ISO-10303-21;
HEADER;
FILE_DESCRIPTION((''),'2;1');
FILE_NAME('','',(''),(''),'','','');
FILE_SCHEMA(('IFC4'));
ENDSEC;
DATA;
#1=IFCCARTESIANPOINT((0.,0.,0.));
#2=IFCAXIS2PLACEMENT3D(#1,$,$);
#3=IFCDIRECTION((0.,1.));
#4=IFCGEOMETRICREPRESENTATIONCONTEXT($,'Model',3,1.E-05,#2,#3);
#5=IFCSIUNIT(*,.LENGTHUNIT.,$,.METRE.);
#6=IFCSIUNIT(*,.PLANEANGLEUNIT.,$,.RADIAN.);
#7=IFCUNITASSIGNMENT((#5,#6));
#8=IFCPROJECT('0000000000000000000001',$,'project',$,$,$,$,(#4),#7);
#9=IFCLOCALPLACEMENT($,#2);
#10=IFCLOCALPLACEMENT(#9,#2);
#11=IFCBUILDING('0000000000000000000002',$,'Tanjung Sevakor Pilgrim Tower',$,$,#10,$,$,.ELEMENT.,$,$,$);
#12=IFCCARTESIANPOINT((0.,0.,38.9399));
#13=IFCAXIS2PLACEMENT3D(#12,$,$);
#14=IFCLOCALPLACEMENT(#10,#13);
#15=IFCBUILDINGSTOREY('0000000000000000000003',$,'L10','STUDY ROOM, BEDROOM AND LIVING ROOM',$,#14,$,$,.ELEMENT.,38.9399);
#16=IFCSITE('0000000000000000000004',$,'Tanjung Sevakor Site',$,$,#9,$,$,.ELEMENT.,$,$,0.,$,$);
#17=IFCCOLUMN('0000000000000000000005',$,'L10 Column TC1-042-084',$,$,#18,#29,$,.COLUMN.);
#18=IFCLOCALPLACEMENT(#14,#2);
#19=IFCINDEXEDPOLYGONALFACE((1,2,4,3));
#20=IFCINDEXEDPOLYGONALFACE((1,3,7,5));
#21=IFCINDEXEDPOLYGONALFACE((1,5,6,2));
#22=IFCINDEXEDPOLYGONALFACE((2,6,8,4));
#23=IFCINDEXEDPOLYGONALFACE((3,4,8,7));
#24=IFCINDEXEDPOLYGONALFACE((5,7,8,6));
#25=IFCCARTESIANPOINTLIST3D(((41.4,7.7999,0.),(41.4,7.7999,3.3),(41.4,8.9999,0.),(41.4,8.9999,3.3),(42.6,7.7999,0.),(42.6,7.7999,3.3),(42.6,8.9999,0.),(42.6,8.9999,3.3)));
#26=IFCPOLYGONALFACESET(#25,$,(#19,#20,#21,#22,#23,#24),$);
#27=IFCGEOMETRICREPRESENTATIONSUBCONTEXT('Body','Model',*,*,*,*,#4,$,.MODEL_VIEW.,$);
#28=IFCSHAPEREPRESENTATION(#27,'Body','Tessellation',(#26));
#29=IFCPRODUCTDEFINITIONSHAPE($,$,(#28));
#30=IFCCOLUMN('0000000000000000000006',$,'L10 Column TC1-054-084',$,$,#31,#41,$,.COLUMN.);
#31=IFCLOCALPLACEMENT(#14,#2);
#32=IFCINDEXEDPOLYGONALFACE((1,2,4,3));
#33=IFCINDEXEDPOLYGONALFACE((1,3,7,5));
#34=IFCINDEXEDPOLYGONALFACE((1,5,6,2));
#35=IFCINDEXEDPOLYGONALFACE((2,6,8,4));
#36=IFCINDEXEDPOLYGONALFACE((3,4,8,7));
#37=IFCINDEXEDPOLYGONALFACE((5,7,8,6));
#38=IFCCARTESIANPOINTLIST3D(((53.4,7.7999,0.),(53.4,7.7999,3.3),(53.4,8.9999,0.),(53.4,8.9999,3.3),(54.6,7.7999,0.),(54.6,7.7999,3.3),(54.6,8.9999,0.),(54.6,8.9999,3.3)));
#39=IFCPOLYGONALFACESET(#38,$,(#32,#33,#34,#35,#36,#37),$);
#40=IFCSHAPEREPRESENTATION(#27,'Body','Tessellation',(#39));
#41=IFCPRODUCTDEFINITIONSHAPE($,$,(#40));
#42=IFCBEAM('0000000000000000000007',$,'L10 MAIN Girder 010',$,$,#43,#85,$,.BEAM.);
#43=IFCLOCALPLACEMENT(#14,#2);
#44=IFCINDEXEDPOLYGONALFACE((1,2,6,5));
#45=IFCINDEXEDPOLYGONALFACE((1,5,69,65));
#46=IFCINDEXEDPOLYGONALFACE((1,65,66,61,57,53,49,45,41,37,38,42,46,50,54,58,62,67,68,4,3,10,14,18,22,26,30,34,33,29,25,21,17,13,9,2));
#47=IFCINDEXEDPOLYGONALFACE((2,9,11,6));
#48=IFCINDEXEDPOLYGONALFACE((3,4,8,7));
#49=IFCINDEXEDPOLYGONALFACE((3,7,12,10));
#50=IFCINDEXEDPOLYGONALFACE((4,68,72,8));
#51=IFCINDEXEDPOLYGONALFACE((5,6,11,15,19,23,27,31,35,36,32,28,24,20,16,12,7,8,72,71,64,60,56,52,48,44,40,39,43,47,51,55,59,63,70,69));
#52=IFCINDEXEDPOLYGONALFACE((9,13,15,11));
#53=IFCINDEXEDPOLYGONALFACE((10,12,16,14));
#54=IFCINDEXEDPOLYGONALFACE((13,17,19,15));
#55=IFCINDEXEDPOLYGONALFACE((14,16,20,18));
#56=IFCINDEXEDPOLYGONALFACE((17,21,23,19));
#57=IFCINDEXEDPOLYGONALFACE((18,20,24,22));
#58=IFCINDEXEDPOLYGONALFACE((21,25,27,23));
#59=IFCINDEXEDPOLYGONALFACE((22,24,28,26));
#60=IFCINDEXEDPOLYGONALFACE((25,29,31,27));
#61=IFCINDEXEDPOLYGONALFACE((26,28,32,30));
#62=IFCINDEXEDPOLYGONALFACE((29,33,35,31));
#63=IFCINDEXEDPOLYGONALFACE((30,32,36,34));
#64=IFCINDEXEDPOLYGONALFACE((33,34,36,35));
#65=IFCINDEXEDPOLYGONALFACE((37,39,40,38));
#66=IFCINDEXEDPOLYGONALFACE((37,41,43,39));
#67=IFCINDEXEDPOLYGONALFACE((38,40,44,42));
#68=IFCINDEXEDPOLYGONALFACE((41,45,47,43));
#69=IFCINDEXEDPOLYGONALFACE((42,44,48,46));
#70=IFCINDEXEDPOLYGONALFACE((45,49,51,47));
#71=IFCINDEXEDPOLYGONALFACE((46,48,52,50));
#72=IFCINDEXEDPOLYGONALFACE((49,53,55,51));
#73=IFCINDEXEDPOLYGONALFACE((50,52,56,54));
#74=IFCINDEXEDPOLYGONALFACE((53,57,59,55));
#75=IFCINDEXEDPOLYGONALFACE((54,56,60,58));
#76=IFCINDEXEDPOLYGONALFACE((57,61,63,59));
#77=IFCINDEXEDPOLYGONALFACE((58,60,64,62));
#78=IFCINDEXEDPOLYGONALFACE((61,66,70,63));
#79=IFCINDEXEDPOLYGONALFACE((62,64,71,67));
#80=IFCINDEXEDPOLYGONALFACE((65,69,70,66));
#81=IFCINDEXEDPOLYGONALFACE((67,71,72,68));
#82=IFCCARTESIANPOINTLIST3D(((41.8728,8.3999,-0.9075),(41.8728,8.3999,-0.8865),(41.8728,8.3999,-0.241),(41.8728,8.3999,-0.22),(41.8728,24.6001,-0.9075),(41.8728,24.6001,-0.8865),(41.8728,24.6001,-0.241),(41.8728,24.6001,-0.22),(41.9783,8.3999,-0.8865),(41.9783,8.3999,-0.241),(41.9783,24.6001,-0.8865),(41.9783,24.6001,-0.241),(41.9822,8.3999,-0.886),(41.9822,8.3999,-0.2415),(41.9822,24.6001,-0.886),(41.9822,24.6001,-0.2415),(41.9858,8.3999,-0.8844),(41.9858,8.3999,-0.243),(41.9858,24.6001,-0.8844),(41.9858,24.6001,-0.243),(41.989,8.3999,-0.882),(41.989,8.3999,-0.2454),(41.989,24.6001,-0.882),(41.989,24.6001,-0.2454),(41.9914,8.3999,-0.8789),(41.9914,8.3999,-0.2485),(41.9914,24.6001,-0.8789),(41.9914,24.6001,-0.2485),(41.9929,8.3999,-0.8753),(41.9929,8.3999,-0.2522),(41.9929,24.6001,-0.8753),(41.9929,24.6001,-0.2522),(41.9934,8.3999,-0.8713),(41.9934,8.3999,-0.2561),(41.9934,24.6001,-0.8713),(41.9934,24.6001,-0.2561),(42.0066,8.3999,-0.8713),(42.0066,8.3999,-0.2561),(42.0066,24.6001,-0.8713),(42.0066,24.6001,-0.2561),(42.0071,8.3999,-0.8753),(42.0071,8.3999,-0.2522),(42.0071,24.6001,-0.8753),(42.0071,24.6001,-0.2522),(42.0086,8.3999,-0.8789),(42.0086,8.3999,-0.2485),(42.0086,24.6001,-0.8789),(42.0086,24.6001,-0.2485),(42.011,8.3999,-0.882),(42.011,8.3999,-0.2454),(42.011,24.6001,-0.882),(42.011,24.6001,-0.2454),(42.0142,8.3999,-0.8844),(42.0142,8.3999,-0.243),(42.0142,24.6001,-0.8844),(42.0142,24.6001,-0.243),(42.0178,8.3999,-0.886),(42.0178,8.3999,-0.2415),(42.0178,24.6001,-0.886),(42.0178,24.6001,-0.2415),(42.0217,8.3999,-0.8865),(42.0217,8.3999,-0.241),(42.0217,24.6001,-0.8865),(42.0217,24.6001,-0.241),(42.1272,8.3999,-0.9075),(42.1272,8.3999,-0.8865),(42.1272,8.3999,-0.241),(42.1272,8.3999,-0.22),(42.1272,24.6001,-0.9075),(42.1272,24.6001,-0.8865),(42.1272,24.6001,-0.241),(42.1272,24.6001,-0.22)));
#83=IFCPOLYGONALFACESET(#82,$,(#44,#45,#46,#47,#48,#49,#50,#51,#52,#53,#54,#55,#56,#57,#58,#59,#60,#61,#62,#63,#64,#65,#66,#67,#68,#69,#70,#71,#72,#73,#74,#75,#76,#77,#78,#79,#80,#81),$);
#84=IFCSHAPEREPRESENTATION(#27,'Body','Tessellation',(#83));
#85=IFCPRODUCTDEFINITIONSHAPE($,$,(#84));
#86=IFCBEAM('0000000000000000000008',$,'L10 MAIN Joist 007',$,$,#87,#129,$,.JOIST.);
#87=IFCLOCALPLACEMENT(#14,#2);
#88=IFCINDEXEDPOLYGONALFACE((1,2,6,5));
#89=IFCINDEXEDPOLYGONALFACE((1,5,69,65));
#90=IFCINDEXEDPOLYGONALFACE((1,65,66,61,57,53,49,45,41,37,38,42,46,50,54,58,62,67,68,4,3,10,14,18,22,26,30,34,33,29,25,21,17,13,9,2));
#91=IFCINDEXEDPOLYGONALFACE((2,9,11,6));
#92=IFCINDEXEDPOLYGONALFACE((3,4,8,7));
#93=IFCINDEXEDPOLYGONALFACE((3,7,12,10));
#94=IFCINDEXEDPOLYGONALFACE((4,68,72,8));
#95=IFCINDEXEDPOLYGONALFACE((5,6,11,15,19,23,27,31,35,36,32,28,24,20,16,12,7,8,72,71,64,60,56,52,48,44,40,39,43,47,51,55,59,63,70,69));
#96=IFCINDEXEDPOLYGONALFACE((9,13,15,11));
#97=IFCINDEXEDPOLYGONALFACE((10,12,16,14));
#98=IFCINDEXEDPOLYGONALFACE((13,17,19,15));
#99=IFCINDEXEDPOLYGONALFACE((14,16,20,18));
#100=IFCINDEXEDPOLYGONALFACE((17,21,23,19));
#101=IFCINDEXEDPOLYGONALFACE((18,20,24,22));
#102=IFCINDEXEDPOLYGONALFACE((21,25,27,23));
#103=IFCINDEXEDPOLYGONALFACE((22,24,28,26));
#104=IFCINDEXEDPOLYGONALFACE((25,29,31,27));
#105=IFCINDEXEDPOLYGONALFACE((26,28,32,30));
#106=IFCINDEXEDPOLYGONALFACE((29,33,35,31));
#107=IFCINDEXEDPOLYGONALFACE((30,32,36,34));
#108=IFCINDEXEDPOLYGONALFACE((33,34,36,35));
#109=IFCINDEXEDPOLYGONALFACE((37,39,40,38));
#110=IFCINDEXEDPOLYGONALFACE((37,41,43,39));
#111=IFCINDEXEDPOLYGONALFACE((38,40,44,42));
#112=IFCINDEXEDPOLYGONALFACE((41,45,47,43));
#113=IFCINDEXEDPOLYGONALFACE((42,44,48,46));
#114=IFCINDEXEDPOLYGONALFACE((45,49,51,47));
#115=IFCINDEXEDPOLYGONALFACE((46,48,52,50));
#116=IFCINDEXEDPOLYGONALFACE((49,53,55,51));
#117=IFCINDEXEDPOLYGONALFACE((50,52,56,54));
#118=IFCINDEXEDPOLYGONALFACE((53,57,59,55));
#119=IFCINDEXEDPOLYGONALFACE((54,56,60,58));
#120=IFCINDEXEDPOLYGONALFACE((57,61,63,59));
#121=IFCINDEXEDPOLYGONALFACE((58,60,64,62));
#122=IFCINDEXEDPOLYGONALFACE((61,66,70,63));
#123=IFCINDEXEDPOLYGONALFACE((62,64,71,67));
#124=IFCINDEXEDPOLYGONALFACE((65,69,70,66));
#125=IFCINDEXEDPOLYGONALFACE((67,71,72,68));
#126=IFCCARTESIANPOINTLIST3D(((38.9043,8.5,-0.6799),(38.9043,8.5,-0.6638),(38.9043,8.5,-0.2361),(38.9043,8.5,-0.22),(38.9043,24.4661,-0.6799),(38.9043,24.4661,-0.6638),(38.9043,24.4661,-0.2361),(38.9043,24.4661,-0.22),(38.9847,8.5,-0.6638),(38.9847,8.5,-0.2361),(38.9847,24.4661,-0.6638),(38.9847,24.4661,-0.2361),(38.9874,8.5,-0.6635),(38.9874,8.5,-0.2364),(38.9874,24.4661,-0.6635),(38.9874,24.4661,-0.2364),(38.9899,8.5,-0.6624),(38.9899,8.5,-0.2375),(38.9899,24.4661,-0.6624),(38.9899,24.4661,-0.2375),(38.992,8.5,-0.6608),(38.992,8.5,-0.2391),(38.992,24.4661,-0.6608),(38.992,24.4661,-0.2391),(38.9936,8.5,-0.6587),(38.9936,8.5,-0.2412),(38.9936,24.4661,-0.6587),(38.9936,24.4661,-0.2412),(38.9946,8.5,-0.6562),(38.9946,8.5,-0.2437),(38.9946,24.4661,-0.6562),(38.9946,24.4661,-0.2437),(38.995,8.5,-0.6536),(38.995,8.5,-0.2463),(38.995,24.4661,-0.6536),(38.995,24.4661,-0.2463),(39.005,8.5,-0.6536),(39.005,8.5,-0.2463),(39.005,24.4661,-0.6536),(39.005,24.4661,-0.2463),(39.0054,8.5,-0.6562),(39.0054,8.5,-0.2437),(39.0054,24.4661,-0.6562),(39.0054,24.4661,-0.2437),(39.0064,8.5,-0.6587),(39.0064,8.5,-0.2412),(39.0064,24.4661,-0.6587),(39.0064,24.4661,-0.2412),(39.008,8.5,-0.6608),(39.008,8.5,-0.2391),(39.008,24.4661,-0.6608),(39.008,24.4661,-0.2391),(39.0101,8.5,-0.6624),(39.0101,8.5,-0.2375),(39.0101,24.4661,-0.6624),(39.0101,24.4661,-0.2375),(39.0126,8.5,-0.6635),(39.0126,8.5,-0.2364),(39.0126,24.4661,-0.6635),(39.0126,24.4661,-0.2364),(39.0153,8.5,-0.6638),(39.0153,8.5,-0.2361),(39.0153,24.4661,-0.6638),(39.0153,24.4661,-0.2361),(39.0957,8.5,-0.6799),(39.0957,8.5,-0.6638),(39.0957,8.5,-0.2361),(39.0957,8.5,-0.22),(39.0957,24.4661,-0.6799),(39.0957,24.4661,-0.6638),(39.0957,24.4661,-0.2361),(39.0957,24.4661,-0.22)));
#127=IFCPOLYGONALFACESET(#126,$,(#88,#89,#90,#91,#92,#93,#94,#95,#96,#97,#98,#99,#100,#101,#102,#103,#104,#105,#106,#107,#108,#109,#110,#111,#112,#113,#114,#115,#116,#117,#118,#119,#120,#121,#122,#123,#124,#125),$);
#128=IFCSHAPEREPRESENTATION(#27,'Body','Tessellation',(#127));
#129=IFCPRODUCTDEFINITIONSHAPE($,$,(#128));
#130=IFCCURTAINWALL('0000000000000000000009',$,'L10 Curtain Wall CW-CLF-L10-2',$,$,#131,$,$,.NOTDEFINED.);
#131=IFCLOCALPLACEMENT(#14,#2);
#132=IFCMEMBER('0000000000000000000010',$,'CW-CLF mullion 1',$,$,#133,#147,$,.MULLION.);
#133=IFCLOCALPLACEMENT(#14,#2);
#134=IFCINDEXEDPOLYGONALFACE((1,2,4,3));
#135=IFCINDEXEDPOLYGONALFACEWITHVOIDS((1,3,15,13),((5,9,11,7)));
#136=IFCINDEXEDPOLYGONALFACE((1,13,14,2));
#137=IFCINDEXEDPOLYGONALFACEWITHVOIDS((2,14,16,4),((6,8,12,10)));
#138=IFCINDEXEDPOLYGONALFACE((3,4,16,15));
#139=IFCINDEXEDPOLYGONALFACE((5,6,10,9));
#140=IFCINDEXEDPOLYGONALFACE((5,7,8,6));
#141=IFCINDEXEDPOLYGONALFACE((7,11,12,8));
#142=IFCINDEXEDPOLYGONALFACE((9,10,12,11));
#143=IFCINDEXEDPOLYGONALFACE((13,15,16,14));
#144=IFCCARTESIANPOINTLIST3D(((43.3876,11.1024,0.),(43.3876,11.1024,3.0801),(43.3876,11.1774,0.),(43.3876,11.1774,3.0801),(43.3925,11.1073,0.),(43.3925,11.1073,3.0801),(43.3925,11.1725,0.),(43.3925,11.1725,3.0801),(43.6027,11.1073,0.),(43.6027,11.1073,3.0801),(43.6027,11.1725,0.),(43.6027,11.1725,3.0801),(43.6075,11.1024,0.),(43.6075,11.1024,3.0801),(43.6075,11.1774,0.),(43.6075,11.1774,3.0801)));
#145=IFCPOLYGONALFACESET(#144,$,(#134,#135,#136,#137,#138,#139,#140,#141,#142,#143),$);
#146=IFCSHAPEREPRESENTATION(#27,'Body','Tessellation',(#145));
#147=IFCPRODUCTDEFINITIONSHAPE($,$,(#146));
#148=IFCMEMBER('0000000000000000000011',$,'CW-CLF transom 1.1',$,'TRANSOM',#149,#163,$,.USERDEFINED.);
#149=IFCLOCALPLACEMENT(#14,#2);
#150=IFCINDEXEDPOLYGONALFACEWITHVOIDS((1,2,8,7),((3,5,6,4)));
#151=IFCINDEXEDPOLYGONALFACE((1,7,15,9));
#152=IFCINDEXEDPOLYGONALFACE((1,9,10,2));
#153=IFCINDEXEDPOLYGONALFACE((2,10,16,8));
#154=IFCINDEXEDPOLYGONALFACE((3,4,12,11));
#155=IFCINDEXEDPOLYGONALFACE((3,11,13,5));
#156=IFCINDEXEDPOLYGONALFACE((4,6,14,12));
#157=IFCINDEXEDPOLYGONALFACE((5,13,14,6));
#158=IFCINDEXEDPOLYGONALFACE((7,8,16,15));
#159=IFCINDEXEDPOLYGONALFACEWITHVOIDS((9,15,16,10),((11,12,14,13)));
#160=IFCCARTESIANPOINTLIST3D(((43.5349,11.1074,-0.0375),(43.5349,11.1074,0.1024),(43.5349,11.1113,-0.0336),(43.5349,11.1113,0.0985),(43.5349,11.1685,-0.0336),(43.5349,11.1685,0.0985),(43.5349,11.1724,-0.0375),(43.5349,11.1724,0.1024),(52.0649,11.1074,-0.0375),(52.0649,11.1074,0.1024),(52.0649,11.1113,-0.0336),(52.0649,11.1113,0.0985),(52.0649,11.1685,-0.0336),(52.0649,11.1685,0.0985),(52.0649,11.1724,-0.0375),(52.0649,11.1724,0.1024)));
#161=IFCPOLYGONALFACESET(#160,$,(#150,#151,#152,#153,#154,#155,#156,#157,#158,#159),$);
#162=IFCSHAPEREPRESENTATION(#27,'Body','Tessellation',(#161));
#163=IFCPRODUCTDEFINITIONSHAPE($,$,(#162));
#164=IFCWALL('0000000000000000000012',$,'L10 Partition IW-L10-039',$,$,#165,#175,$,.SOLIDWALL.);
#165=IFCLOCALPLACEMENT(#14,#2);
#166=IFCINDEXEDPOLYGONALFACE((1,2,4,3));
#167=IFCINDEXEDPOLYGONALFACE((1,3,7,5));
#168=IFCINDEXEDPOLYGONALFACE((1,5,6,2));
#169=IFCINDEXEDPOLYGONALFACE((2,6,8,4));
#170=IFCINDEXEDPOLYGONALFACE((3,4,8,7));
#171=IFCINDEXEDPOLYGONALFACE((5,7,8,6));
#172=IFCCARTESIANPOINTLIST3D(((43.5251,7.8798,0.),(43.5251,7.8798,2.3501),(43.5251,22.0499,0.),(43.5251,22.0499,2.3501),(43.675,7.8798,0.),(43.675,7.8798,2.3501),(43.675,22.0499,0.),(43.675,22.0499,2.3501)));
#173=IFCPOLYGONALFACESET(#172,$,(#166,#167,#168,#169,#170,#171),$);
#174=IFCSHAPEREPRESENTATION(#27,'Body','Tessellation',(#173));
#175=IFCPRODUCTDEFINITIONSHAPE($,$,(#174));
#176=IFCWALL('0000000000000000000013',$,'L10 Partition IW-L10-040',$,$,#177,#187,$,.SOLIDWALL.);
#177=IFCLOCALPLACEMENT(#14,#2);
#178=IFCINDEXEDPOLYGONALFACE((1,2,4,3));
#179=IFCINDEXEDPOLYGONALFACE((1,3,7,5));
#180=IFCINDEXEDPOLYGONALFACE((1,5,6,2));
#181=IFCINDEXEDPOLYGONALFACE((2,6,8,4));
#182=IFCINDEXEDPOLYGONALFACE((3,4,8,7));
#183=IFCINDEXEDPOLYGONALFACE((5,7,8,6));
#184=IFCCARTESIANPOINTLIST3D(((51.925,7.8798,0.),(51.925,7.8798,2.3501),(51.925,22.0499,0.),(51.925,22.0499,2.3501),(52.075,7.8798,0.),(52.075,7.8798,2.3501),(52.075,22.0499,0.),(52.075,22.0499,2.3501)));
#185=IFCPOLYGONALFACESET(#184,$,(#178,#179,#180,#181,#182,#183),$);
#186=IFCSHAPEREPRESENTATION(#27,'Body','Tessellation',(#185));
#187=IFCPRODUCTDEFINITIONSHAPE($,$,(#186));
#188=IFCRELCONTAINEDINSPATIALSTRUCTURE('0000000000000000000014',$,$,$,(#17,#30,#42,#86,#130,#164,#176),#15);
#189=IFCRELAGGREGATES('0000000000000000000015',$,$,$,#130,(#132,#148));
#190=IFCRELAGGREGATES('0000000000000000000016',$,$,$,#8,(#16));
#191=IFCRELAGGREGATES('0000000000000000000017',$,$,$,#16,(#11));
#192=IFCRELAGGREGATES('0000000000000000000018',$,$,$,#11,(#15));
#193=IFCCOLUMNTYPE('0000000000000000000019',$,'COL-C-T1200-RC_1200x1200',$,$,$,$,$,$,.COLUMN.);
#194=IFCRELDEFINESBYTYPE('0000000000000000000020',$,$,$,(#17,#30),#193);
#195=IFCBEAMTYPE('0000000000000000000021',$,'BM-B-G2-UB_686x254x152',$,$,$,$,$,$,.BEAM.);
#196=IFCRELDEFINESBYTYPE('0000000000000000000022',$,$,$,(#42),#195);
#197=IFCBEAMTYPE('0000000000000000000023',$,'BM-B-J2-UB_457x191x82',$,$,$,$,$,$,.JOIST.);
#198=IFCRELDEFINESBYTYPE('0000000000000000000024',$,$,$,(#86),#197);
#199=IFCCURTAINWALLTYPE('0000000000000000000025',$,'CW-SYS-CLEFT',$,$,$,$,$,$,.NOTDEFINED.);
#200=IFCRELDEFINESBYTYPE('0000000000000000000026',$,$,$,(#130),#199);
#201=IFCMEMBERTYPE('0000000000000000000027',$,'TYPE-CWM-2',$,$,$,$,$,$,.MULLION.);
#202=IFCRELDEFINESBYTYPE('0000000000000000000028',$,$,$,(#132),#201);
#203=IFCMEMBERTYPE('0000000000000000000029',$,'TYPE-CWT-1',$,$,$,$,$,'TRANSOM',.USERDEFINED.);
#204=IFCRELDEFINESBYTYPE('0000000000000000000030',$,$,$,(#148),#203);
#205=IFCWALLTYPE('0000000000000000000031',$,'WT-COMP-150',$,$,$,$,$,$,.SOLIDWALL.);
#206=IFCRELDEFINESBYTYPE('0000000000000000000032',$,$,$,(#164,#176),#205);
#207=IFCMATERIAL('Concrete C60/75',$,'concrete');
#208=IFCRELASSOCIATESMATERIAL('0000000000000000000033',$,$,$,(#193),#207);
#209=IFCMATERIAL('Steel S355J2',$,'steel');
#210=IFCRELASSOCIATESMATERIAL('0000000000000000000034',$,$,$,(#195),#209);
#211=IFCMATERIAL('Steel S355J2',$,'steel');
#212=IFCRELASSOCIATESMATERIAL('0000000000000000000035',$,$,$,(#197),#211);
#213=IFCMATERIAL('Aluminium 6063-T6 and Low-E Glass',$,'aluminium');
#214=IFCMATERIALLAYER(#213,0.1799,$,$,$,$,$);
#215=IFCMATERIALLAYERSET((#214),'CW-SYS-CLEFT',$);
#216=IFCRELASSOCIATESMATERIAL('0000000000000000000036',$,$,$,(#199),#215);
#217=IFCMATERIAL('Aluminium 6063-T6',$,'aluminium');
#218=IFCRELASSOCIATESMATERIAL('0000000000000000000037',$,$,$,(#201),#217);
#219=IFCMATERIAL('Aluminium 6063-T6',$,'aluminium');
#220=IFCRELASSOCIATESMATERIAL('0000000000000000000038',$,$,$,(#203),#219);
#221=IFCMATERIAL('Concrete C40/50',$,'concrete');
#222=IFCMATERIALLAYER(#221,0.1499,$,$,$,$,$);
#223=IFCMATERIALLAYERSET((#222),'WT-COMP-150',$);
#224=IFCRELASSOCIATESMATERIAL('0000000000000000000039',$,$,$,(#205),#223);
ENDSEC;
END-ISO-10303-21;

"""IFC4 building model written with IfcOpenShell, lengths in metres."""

from ifc_helpers import new_model, si_unit, direction, frame, frame_2d, origin, origin_2d, place, context, subcontext, project, spatial, rectangle, hollow_rectangle, i_section, extrude, material, layer, layer_set, material_profile, profile_set, type_object, element, aggregate, save


model = new_model("IFC4")

# Units and contexts
model_context = context("Model", 3, precision=1e-05, world=origin(), true_north=direction((0.0, 1.0)))
body_context = subcontext(model_context, "Body", "Model", "MODEL_VIEW")
ifc_project = project(units=[si_unit("LENGTHUNIT", "METRE"), si_unit("PLANEANGLEUNIT", "RADIAN")], contexts=[model_context])

# Site, building, storey
site_placement = place(None, origin())
site = spatial("IfcSite", under=ifc_project, at=site_placement, Name="Tanjung Sevakor Site", CompositionType="ELEMENT", RefElevation=0.0)
building_placement = place(site_placement, origin())
building = spatial("IfcBuilding", under=site, at=building_placement, Name="Tanjung Sevakor Pilgrim Tower", CompositionType="ELEMENT")
storey_placement = place(building_placement, frame((0.0, 0.0, 38.9399)))
storey = spatial("IfcBuildingStorey", under=building, at=storey_placement, Name="L10", Description="STUDY ROOM, BEDROOM AND LIVING ROOM", CompositionType="ELEMENT", Elevation=38.9399)

# Columns
ifc_material_1 = material(Name="Concrete C60/75", Category="concrete")
ifc_material_profile_1 = material_profile(ifc_material_1, rectangle(XDim=1.2, YDim=1.2, at=origin_2d()))
ifc_profile_set_1 = profile_set([ifc_material_profile_1], Name="Concrete C60/75")
column_type = type_object("IfcColumnType", Name="COL-C-T1200-RC_1200x1200", PredefinedType="COLUMN", material=ifc_profile_set_1)
for number, where, z_axis, x_axis, name in (
    (1, (42.0, 8.3999, 0.0), (0.0, 0.0, 1.0), (1.0, 0.0, 0.0), "L10 Column TC1-042-084"),
    (2, (54.0, 8.3999, 0.0), (0.0, 0.0, 1.0), (1.0, 0.0, 0.0), "L10 Column TC1-054-084"),
):
    element("IfcColumn", number, at=place(storey_placement, frame(where, z_axis=z_axis, x_axis=x_axis)), inside=storey, type_object=column_type, Name=name, PredefinedType="COLUMN", context=body_context, shape_type="SweptSolid", body=[
        extrude(rectangle(XDim=1.2, YDim=1.2, at=origin_2d()), origin(), (0.0, 0.0, 1.0), 3.3),
    ])

# Beams
ifc_material_2 = material(Name="Steel S355J2", Category="steel")
ifc_material_profile_2 = material_profile(ifc_material_2, i_section(OverallWidth=0.2544, OverallDepth=0.6875, WebThickness=0.0132, FlangeThickness=0.021, FilletRadius=0.0151, at=origin_2d()))
ifc_profile_set_2 = profile_set([ifc_material_profile_2], Name="Steel S355J2")
beam_type_1 = type_object("IfcBeamType", Name="BM-B-G2-UB_686x254x152", PredefinedType="BEAM", material=ifc_profile_set_2)
beam_1_placement = place(storey_placement, frame((42.0, 8.3999, -0.5637), z_axis=(0.0, 1.0, 0.0), x_axis=(-1.0, 0.0, 0.0)))
element("IfcBeam", 3, at=beam_1_placement, inside=storey, type_object=beam_type_1, Name="L10 MAIN Girder 010", PredefinedType="BEAM", context=body_context, shape_type="SweptSolid", body=[
    extrude(i_section(OverallWidth=0.2544, OverallDepth=0.6875, WebThickness=0.0132, FlangeThickness=0.021, FilletRadius=0.0151, at=origin_2d()), origin(), (0.0, 0.0, 1.0), 16.2002),
])
ifc_material_3 = material(Name="Steel S355J2", Category="steel")
ifc_material_profile_3 = material_profile(ifc_material_3, i_section(OverallWidth=0.1914, OverallDepth=0.46, WebThickness=0.01, FlangeThickness=0.0161, FilletRadius=0.0103, at=origin_2d()))
ifc_profile_set_3 = profile_set([ifc_material_profile_3], Name="Steel S355J2")
beam_type_2 = type_object("IfcBeamType", Name="BM-B-J2-UB_457x191x82", PredefinedType="JOIST", material=ifc_profile_set_3)
beam_2_placement = place(storey_placement, frame((39.0, 8.5, -0.45), z_axis=(0.0, 1.0, 0.0), x_axis=(-1.0, 0.0, 0.0)))
element("IfcBeam", 4, at=beam_2_placement, inside=storey, type_object=beam_type_2, Name="L10 MAIN Joist 007", PredefinedType="JOIST", context=body_context, shape_type="SweptSolid", body=[
    extrude(i_section(OverallWidth=0.1914, OverallDepth=0.46, WebThickness=0.01, FlangeThickness=0.0161, FilletRadius=0.0103, at=origin_2d()), origin(), (0.0, 0.0, 1.0), 15.9661),
])

# Curtain wall, members
ifc_material_4 = material(Name="Aluminium 6063-T6 and Low-E Glass", Category="aluminium")
ifc_layer_1 = layer(ifc_material_4, 0.1799)
ifc_layer_set_1 = layer_set([ifc_layer_1], Name="CW-SYS-CLEFT")
curtain_wall_type = type_object("IfcCurtainWallType", Name="CW-SYS-CLEFT", PredefinedType="NOTDEFINED", material=ifc_layer_set_1)
curtain_wall_placement = place(storey_placement, origin())
curtain_wall = element("IfcCurtainWall", 5, at=curtain_wall_placement, inside=storey, type_object=curtain_wall_type, Name="L10 Curtain Wall CW-CLF-L10-2", PredefinedType="NOTDEFINED")
ifc_material_5 = material(Name="Aluminium 6063-T6", Category="aluminium")
ifc_material_profile_4 = material_profile(ifc_material_5, hollow_rectangle(XDim=0.075, YDim=0.22, WallThickness=0.0049, at=origin_2d()))
ifc_profile_set_4 = profile_set([ifc_material_profile_4], Name="Aluminium 6063-T6")
member_type_1 = type_object("IfcMemberType", Name="TYPE-CWM-2", PredefinedType="MULLION", material=ifc_profile_set_4)
member_1_placement = place(storey_placement, frame((43.4976, 11.1399, 0.0), z_axis=(0.0, 0.0, 1.0), x_axis=(0.0, 1.0, 0.0)))
member_1 = element("IfcMember", 6, at=member_1_placement, type_object=member_type_1, Name="CW-CLF mullion 1", PredefinedType="MULLION", context=body_context, shape_type="SweptSolid", body=[
    extrude(hollow_rectangle(XDim=0.075, YDim=0.22, WallThickness=0.0049, at=origin_2d()), origin(), (0.0, 0.0, 1.0), 3.0801),
])
ifc_material_6 = material(Name="Aluminium 6063-T6", Category="aluminium")
ifc_material_profile_5 = material_profile(ifc_material_6, hollow_rectangle(XDim=0.0649, YDim=0.1399, WallThickness=0.0039, at=origin_2d()))
ifc_profile_set_5 = profile_set([ifc_material_profile_5], Name="Aluminium 6063-T6")
member_type_2 = type_object("IfcMemberType", Name="TYPE-CWT-1", ElementType="TRANSOM", PredefinedType="USERDEFINED", material=ifc_profile_set_5)
member_2_placement = place(storey_placement, frame((43.5349, 11.1399, 0.0325), z_axis=(1.0, 0.0, 0.0), x_axis=(0.0, 1.0, 0.0)))
member_2 = element("IfcMember", 7, at=member_2_placement, type_object=member_type_2, Name="CW-CLF transom 1.1", ObjectType="TRANSOM", PredefinedType="USERDEFINED", context=body_context, shape_type="SweptSolid", body=[
    extrude(hollow_rectangle(XDim=0.0649, YDim=0.1399, WallThickness=0.0039, at=origin_2d()), origin(), (0.0, 0.0, 1.0), 8.53),
])
aggregate(curtain_wall, [member_1, member_2])

# Walls
ifc_material_7 = material(Name="Concrete C40/50", Category="concrete")
ifc_layer_2 = layer(ifc_material_7, 0.1499)
ifc_layer_set_2 = layer_set([ifc_layer_2], Name="WT-COMP-150")
wall_type_1 = type_object("IfcWallType", Name="WT-COMP-150", PredefinedType="SOLIDWALL", material=ifc_layer_set_2)
for number, where, z_axis, x_axis, name in (
    (8, (43.6001, 7.8799, 0.0), (0.0, 0.0, 1.0), (0.0, 1.0, 0.0), "L10 Partition IW-L10-039"),
    (9, (52.0, 7.8799, 0.0), (0.0, 0.0, 1.0), (0.0, 1.0, 0.0), "L10 Partition IW-L10-040"),
):
    element("IfcWall", number, at=place(storey_placement, frame(where, z_axis=z_axis, x_axis=x_axis)), inside=storey, type_object=wall_type_1, Name=name, PredefinedType="SOLIDWALL", context=body_context, shape_type="SweptSolid", body=[
        extrude(rectangle(XDim=14.1702, YDim=0.1499, at=frame_2d((7.085, 0.0))), origin(), (0.0, 0.0, 1.0), 2.3501),
    ])

save(model, "model.ifc")
